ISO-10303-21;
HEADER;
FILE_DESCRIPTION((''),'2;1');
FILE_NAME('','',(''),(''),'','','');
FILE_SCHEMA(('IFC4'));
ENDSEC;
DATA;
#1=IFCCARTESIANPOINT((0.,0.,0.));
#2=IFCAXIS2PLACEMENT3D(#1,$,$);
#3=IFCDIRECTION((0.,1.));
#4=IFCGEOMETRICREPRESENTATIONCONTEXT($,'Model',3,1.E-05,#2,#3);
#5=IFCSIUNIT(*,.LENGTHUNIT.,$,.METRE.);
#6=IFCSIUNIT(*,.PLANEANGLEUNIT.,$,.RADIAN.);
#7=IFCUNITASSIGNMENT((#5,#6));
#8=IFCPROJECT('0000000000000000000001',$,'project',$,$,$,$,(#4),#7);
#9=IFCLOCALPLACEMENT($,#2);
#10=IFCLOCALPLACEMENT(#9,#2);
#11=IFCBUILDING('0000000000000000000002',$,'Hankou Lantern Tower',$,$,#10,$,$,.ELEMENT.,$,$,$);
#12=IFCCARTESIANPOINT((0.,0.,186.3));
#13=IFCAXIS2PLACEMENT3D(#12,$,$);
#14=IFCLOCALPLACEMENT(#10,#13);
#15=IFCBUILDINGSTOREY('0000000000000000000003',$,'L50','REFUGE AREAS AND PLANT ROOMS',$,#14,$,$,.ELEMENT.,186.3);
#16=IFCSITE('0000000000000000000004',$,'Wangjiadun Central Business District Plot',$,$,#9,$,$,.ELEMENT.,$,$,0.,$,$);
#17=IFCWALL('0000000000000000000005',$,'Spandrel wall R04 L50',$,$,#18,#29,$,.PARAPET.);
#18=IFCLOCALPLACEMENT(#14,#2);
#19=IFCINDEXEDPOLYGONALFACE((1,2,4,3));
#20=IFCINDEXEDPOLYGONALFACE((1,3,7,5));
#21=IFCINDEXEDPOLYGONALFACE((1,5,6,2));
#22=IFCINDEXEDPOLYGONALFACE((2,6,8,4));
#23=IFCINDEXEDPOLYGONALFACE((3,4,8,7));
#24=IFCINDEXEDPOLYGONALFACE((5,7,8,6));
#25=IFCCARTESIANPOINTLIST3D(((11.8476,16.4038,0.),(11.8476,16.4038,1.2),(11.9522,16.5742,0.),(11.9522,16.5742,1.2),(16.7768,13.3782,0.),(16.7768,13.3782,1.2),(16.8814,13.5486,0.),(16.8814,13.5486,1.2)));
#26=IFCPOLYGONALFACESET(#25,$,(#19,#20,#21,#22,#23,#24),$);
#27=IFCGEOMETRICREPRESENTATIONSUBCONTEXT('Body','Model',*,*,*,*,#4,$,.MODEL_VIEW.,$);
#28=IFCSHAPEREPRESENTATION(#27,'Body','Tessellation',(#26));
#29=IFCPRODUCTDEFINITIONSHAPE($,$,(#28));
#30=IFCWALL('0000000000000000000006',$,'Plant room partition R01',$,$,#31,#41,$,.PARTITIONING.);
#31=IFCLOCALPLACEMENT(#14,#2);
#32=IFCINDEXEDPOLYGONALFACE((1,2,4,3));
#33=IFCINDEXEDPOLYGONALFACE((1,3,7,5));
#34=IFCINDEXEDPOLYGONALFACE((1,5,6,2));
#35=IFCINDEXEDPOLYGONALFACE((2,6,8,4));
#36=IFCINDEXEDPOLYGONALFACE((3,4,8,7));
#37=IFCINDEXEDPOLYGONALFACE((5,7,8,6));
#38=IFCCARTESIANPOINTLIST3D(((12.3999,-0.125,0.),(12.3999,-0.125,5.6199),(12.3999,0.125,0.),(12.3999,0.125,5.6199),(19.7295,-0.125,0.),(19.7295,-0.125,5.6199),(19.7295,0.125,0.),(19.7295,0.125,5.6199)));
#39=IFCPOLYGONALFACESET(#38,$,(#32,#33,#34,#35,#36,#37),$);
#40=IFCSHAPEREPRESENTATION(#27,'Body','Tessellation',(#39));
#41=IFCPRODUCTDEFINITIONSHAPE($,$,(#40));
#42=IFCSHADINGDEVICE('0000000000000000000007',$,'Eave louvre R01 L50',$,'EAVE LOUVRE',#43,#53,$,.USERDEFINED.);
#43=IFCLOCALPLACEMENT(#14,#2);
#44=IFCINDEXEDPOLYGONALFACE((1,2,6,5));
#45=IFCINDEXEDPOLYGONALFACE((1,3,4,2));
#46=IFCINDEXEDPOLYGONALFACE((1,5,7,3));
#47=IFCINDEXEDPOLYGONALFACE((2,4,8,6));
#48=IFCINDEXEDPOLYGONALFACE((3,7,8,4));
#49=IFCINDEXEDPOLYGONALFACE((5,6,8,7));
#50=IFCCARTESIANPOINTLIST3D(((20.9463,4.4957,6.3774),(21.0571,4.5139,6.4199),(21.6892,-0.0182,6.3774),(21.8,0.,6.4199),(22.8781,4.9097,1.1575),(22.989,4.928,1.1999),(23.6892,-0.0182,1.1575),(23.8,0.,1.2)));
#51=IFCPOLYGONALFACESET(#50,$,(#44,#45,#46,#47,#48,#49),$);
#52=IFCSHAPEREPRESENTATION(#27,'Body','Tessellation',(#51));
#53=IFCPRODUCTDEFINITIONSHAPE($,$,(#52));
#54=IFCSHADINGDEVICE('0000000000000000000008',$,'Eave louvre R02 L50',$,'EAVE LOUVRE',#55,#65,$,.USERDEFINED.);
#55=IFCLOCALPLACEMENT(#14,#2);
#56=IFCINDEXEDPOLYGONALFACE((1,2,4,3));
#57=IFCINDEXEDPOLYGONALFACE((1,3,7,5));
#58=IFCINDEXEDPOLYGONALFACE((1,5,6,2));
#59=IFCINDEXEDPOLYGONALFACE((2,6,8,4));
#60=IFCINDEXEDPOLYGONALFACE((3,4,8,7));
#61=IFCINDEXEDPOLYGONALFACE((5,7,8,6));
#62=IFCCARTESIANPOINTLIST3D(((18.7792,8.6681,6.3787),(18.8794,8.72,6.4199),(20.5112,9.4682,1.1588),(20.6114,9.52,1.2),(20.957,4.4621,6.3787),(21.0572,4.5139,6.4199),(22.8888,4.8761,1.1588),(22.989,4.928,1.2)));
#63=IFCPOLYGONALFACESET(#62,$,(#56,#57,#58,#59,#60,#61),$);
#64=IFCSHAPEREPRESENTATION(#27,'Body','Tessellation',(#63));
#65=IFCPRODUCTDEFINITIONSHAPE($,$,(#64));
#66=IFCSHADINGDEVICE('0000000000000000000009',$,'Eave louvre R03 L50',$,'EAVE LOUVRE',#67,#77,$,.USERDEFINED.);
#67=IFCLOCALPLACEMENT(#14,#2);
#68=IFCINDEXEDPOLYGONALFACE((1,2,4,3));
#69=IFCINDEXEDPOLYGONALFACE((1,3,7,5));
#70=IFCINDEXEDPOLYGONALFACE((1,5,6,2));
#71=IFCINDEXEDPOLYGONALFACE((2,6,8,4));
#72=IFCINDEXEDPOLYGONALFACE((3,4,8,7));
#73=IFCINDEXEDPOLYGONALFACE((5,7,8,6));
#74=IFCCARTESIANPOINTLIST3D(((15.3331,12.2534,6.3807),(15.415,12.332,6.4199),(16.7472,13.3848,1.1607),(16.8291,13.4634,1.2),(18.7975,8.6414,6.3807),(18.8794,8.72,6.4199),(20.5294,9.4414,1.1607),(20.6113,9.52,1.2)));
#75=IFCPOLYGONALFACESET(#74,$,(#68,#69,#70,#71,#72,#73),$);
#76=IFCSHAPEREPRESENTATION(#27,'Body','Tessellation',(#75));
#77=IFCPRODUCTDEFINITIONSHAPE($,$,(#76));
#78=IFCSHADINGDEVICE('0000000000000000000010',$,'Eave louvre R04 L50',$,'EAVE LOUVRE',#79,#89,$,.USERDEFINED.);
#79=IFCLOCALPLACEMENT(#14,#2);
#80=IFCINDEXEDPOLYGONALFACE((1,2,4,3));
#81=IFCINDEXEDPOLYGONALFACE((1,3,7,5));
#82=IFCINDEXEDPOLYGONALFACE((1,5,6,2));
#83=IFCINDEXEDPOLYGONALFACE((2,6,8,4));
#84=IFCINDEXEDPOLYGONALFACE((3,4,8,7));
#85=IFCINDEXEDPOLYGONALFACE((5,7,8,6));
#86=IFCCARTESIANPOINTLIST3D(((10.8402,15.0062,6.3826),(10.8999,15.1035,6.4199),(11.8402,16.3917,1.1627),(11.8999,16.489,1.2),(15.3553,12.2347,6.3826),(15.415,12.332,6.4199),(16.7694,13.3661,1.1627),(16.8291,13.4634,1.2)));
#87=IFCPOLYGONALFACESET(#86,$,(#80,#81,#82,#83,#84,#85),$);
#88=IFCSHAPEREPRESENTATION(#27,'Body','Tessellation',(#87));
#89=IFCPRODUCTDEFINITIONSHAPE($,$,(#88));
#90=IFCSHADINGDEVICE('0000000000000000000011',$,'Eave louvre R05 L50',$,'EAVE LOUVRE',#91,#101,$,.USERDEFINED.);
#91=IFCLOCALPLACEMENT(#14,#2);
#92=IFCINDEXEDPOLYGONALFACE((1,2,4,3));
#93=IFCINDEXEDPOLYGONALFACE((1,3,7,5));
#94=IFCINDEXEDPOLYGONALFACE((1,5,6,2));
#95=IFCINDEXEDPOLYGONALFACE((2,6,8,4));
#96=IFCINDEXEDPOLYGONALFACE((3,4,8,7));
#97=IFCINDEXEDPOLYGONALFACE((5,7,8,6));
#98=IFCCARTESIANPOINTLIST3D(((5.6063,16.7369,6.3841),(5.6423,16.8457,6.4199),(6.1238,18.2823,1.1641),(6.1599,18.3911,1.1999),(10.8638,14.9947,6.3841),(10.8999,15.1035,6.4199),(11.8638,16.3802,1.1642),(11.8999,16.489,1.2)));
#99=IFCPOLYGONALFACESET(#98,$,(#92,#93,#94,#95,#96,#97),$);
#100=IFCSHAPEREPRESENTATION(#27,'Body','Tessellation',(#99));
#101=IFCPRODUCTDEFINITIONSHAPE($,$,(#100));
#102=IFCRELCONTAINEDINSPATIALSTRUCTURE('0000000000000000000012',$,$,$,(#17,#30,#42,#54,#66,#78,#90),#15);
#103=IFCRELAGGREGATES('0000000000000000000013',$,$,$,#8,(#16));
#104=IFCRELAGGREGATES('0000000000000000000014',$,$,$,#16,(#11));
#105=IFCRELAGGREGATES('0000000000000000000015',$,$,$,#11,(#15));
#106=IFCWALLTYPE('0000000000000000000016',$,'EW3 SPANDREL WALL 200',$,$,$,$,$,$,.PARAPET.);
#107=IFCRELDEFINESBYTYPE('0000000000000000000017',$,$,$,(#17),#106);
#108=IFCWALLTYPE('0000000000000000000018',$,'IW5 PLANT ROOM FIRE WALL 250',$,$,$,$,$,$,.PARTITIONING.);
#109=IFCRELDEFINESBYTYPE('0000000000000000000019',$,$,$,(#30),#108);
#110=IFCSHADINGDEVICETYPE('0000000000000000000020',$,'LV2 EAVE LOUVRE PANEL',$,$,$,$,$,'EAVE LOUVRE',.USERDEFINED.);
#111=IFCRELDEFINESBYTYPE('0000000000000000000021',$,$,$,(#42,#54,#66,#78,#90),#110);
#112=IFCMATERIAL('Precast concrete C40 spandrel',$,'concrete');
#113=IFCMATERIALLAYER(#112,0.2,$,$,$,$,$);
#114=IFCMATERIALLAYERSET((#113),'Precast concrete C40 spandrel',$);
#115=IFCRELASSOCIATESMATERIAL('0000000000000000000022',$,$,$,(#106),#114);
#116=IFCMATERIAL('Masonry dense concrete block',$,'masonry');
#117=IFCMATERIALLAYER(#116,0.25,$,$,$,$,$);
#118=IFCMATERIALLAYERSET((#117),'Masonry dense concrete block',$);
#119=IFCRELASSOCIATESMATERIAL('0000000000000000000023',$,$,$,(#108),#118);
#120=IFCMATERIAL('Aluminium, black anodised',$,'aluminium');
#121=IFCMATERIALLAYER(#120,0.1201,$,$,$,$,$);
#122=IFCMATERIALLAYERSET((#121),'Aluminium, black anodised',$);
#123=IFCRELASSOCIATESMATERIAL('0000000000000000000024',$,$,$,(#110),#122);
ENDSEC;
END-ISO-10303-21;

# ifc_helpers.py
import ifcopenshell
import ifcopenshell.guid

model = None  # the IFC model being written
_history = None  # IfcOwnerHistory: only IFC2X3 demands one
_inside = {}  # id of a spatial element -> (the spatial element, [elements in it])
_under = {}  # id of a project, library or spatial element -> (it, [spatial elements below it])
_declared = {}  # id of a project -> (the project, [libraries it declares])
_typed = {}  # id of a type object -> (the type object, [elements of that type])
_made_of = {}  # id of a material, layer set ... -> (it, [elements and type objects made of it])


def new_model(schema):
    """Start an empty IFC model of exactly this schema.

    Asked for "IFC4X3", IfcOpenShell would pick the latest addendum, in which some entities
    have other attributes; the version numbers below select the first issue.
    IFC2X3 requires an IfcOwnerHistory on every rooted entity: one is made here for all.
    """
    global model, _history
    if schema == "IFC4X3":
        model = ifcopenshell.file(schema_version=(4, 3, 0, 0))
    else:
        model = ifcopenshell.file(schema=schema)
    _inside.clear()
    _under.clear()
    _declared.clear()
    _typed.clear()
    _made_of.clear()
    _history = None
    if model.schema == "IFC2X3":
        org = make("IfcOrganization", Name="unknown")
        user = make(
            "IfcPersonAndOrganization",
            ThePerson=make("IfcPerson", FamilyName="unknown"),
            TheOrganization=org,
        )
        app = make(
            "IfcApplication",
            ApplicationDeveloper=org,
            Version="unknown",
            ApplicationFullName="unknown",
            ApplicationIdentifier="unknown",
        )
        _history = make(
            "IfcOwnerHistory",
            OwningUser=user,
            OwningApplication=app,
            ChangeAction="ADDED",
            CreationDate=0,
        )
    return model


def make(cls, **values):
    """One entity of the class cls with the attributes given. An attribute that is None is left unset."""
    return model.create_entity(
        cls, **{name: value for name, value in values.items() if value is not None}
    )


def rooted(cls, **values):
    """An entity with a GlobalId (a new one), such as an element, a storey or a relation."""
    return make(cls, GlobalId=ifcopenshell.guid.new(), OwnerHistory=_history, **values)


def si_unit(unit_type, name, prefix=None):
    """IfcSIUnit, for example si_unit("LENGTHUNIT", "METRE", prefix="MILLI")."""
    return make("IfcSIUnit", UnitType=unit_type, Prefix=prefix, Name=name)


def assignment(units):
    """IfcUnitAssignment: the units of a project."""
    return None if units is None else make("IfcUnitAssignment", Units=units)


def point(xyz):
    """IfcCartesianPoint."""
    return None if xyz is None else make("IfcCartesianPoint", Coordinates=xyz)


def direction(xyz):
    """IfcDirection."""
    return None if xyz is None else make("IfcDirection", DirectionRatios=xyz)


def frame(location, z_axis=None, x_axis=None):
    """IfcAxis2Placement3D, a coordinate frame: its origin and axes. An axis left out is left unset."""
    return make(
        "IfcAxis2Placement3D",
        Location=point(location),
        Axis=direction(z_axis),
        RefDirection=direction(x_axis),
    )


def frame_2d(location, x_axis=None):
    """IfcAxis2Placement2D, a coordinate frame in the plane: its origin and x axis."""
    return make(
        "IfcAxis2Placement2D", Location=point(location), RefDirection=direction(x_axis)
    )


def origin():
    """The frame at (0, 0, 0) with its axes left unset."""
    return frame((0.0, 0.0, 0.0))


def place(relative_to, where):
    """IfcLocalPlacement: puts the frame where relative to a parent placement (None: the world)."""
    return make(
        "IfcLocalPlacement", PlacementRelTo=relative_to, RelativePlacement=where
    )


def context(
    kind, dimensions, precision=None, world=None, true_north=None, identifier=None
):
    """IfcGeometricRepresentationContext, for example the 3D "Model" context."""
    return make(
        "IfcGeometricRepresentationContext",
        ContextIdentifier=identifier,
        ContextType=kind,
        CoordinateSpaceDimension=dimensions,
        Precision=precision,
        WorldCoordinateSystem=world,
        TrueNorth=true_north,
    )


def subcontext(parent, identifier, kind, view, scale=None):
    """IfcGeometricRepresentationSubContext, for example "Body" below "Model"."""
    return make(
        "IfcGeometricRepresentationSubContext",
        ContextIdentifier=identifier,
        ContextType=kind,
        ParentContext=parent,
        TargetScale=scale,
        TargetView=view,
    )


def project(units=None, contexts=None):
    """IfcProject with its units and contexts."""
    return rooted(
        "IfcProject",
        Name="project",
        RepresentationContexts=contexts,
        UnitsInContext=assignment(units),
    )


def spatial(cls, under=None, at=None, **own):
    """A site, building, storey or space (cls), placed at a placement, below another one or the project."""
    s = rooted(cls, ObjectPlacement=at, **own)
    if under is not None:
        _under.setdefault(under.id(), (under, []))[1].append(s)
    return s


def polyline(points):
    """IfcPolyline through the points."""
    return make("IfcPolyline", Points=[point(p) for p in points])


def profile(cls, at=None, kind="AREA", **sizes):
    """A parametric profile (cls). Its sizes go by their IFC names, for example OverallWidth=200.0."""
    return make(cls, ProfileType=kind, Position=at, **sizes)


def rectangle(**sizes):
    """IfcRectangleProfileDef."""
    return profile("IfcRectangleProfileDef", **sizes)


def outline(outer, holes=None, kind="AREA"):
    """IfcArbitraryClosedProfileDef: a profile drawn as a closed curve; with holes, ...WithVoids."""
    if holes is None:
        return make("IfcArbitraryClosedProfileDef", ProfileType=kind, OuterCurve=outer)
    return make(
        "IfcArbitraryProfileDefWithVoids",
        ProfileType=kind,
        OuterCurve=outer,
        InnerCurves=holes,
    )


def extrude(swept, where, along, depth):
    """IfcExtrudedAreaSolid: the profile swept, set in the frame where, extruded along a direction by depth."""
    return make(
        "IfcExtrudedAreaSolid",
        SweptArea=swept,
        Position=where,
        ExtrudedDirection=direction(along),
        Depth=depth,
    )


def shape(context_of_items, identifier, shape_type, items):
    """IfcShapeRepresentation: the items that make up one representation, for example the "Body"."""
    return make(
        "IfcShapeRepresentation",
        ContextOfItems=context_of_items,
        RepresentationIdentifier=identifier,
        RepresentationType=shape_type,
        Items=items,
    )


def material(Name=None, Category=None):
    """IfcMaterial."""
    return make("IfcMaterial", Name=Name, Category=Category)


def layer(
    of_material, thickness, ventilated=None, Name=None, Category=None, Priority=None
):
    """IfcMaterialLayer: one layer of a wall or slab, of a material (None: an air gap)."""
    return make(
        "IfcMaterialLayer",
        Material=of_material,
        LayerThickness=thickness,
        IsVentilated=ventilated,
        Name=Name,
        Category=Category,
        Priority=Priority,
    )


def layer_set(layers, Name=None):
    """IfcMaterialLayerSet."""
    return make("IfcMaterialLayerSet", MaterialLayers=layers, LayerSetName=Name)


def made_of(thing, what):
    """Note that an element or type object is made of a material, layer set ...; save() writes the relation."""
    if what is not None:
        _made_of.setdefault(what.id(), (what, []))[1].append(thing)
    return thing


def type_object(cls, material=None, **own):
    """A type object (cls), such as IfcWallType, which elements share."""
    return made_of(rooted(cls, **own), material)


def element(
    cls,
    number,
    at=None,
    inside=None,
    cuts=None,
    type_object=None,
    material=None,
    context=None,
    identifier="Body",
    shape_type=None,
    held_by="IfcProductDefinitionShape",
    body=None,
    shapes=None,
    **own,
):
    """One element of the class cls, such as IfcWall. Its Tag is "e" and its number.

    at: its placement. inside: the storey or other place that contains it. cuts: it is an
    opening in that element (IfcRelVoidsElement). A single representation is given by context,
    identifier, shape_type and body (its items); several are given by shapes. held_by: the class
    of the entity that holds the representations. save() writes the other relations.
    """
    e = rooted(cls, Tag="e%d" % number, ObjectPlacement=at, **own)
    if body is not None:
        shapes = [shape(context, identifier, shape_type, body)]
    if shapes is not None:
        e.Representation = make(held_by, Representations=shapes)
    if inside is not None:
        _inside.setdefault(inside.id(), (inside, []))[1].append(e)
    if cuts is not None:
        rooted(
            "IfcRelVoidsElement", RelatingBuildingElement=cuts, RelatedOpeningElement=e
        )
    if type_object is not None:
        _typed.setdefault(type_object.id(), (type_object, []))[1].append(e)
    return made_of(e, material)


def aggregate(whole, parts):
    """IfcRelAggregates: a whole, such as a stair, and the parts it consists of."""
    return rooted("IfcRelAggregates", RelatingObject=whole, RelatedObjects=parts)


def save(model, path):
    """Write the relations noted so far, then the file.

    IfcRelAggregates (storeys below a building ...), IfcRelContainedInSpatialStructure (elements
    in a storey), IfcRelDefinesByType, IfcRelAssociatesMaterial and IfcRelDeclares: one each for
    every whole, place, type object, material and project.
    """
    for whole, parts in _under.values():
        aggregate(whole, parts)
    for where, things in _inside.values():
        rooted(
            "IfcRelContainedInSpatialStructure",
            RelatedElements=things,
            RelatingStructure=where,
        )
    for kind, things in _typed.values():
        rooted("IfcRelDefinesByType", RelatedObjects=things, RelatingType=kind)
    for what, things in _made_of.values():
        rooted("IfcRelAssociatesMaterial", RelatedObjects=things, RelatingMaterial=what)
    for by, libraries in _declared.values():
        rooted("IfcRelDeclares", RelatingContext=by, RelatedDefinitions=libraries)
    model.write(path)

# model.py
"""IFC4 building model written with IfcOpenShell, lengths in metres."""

from ifc_helpers import new_model, si_unit, direction, frame, frame_2d, origin, place, context, subcontext, project, spatial, polyline, rectangle, outline, extrude, material, layer, layer_set, type_object, element, save


model = new_model("IFC4")

# Units and contexts
model_context = context("Model", 3, precision=1e-05, world=origin(), true_north=direction((0.0, 1.0)))
body_context = subcontext(model_context, "Body", "Model", "MODEL_VIEW")
ifc_project = project(units=[si_unit("LENGTHUNIT", "METRE"), si_unit("PLANEANGLEUNIT", "RADIAN")], contexts=[model_context])

# Site, building, storey
site_placement = place(None, origin())
site = spatial("IfcSite", under=ifc_project, at=site_placement, Name="Wangjiadun Central Business District Plot", CompositionType="ELEMENT", RefElevation=0.0)
building_placement = place(site_placement, origin())
building = spatial("IfcBuilding", under=site, at=building_placement, Name="Hankou Lantern Tower", CompositionType="ELEMENT")
storey_placement = place(building_placement, frame((0.0, 0.0, 186.3)))
storey = spatial("IfcBuildingStorey", under=building, at=storey_placement, Name="L50", Description="REFUGE AREAS AND PLANT ROOMS", CompositionType="ELEMENT", Elevation=186.3)

# Wall
ifc_material_1 = material(Name="Precast concrete C40 spandrel", Category="concrete")
ifc_layer_1 = layer(ifc_material_1, 0.2)
ifc_layer_set_1 = layer_set([ifc_layer_1], Name="Precast concrete C40 spandrel")
wall_type_1 = type_object("IfcWallType", Name="EW3 SPANDREL WALL 200", PredefinedType="PARAPET", material=ifc_layer_set_1)
wall_1_placement = place(storey_placement, frame((16.8291, 13.4634, 0.0), z_axis=(0.0, 0.0, 1.0), x_axis=(-0.852253, 0.523129, 0.0)))
element("IfcWall", 1, at=wall_1_placement, inside=storey, type_object=wall_type_1, Name="Spandrel wall R04 L50", PredefinedType="PARAPET", context=body_context, shape_type="SweptSolid", body=[
    extrude(rectangle(XDim=5.7837, YDim=0.2, at=frame_2d((2.8918, 0.0))), origin(), (0.0, 0.0, 1.0), 1.2),
])

# Shared definitions
ifc_material_2 = material(Name="Masonry dense concrete block", Category="masonry")
ifc_layer_2 = layer(ifc_material_2, 0.25)
ifc_layer_set_2 = layer_set([ifc_layer_2], Name="Masonry dense concrete block")
wall_type_2 = type_object("IfcWallType", Name="IW5 PLANT ROOM FIRE WALL 250", PredefinedType="PARTITIONING", material=ifc_layer_set_2)

# Wall
wall_2_placement = place(storey_placement, frame((12.3999, 0.0, 0.0), z_axis=(0.0, 0.0, 1.0), x_axis=(1.0, 0.0, 0.0)))
element("IfcWall", 2, at=wall_2_placement, inside=storey, type_object=wall_type_2, Name="Plant room partition R01", PredefinedType="PARTITIONING", context=body_context, shape_type="SweptSolid", body=[
    extrude(rectangle(XDim=7.3296, YDim=0.25, at=frame_2d((3.6648, 0.0))), origin(), (0.0, 0.0, 1.0), 5.6199),
])

# Shading devices
ifc_material_3 = material(Name="Aluminium, black anodised", Category="aluminium")
ifc_layer_3 = layer(ifc_material_3, 0.1201)
ifc_layer_set_3 = layer_set([ifc_layer_3], Name="Aluminium, black anodised")
shading_device_type = type_object("IfcShadingDeviceType", Name="LV2 EAVE LOUVRE PANEL", ElementType="EAVE LOUVRE", PredefinedType="USERDEFINED", material=ifc_layer_set_3)
shading_device_1_placement = place(storey_placement, frame((23.8, 0.0, 1.2), z_axis=(0.922968, 0.151903, 0.353632), x_axis=(-0.162396, 0.986726, -0.000001)))
element("IfcShadingDevice", 3, at=shading_device_1_placement, inside=storey, type_object=shading_device_type, Name="Eave louvre R01 L50", ObjectType="EAVE LOUVRE", PredefinedType="USERDEFINED", context=body_context, shape_type="SweptSolid", body=[
    extrude(outline(polyline([(0.0, 0.0), (4.9943, 0.0), (4.8994, 5.5806), (0.3248, 5.5806), (0.0, 0.0)])), origin(), (0.0, 0.0, -1.0), 0.1201),
])
shading_device_2_placement = place(storey_placement, frame((22.989, 4.928, 1.2), z_axis=(0.834162, 0.431907, 0.342972), x_axis=(-0.459796, 0.888024, 0.000003)))
element("IfcShadingDevice", 4, at=shading_device_2_placement, inside=storey, type_object=shading_device_type, Name="Eave louvre R02 L50", ObjectType="EAVE LOUVRE", PredefinedType="USERDEFINED", context=body_context, shape_type="SweptSolid", body=[
    extrude(outline(polyline([(0.0, 0.0), (5.1711, 0.0), (5.257, 5.557), (0.5206, 5.557), (0.0, 0.0)])), origin(), (0.0, 0.0, -1.0), 0.1201),
])
shading_device_3_placement = place(storey_placement, frame((20.6113, 9.52, 1.2), z_axis=(0.682129, 0.654246, 0.32659), x_axis=(-0.692203, 0.721703, 0.000002)))
element("IfcShadingDevice", 5, at=shading_device_3_placement, inside=storey, type_object=shading_device_type, Name="Eave louvre R03 L50", ObjectType="EAVE LOUVRE", PredefinedType="USERDEFINED", context=body_context, shape_type="SweptSolid", body=[
    extrude(outline(polyline([(0.0, 0.0), (5.464, 0.0), (5.6263, 5.5228), (0.6215, 5.5228), (0.0, 0.0)])), origin(), (0.0, 0.0, -1.0), 0.1201),
])
shading_device_4_placement = place(storey_placement, frame((16.8291, 13.4634, 1.2), z_axis=(0.497305, 0.810182, 0.310311), x_axis=(-0.852253, 0.52313, 0.0)))
element("IfcShadingDevice", 6, at=shading_device_4_placement, inside=storey, type_object=shading_device_type, Name="Eave louvre R04 L50", ObjectType="EAVE LOUVRE", PredefinedType="USERDEFINED", context=body_context, shape_type="SweptSolid", body=[
    extrude(outline(polyline([(0.0, 0.0), (5.7837, 0.0), (5.9112, 5.491), (0.6133, 5.491), (0.0, 0.0)])), origin(), (0.0, 0.0, -1.0), 0.1201),
])
shading_device_5_placement = place(storey_placement, frame((11.8999, 16.489, 1.2), z_axis=(0.300258, 0.906105, 0.298026), x_axis=(-0.94924, 0.314552, -0.000001)))
element("IfcShadingDevice", 7, at=shading_device_5_placement, inside=storey, type_object=shading_device_type, Name="Eave louvre R05 L50", ObjectType="EAVE LOUVRE", PredefinedType="USERDEFINED", context=body_context, shape_type="SweptSolid", body=[
    extrude(outline(polyline([(0.0, 0.0), (6.0469, 0.0), (6.0521, 5.4685), (0.5134, 5.4685), (0.0, 0.0)])), origin(), (0.0, 0.0, -1.0), 0.1201),
])

save(model, "model.ifc")
